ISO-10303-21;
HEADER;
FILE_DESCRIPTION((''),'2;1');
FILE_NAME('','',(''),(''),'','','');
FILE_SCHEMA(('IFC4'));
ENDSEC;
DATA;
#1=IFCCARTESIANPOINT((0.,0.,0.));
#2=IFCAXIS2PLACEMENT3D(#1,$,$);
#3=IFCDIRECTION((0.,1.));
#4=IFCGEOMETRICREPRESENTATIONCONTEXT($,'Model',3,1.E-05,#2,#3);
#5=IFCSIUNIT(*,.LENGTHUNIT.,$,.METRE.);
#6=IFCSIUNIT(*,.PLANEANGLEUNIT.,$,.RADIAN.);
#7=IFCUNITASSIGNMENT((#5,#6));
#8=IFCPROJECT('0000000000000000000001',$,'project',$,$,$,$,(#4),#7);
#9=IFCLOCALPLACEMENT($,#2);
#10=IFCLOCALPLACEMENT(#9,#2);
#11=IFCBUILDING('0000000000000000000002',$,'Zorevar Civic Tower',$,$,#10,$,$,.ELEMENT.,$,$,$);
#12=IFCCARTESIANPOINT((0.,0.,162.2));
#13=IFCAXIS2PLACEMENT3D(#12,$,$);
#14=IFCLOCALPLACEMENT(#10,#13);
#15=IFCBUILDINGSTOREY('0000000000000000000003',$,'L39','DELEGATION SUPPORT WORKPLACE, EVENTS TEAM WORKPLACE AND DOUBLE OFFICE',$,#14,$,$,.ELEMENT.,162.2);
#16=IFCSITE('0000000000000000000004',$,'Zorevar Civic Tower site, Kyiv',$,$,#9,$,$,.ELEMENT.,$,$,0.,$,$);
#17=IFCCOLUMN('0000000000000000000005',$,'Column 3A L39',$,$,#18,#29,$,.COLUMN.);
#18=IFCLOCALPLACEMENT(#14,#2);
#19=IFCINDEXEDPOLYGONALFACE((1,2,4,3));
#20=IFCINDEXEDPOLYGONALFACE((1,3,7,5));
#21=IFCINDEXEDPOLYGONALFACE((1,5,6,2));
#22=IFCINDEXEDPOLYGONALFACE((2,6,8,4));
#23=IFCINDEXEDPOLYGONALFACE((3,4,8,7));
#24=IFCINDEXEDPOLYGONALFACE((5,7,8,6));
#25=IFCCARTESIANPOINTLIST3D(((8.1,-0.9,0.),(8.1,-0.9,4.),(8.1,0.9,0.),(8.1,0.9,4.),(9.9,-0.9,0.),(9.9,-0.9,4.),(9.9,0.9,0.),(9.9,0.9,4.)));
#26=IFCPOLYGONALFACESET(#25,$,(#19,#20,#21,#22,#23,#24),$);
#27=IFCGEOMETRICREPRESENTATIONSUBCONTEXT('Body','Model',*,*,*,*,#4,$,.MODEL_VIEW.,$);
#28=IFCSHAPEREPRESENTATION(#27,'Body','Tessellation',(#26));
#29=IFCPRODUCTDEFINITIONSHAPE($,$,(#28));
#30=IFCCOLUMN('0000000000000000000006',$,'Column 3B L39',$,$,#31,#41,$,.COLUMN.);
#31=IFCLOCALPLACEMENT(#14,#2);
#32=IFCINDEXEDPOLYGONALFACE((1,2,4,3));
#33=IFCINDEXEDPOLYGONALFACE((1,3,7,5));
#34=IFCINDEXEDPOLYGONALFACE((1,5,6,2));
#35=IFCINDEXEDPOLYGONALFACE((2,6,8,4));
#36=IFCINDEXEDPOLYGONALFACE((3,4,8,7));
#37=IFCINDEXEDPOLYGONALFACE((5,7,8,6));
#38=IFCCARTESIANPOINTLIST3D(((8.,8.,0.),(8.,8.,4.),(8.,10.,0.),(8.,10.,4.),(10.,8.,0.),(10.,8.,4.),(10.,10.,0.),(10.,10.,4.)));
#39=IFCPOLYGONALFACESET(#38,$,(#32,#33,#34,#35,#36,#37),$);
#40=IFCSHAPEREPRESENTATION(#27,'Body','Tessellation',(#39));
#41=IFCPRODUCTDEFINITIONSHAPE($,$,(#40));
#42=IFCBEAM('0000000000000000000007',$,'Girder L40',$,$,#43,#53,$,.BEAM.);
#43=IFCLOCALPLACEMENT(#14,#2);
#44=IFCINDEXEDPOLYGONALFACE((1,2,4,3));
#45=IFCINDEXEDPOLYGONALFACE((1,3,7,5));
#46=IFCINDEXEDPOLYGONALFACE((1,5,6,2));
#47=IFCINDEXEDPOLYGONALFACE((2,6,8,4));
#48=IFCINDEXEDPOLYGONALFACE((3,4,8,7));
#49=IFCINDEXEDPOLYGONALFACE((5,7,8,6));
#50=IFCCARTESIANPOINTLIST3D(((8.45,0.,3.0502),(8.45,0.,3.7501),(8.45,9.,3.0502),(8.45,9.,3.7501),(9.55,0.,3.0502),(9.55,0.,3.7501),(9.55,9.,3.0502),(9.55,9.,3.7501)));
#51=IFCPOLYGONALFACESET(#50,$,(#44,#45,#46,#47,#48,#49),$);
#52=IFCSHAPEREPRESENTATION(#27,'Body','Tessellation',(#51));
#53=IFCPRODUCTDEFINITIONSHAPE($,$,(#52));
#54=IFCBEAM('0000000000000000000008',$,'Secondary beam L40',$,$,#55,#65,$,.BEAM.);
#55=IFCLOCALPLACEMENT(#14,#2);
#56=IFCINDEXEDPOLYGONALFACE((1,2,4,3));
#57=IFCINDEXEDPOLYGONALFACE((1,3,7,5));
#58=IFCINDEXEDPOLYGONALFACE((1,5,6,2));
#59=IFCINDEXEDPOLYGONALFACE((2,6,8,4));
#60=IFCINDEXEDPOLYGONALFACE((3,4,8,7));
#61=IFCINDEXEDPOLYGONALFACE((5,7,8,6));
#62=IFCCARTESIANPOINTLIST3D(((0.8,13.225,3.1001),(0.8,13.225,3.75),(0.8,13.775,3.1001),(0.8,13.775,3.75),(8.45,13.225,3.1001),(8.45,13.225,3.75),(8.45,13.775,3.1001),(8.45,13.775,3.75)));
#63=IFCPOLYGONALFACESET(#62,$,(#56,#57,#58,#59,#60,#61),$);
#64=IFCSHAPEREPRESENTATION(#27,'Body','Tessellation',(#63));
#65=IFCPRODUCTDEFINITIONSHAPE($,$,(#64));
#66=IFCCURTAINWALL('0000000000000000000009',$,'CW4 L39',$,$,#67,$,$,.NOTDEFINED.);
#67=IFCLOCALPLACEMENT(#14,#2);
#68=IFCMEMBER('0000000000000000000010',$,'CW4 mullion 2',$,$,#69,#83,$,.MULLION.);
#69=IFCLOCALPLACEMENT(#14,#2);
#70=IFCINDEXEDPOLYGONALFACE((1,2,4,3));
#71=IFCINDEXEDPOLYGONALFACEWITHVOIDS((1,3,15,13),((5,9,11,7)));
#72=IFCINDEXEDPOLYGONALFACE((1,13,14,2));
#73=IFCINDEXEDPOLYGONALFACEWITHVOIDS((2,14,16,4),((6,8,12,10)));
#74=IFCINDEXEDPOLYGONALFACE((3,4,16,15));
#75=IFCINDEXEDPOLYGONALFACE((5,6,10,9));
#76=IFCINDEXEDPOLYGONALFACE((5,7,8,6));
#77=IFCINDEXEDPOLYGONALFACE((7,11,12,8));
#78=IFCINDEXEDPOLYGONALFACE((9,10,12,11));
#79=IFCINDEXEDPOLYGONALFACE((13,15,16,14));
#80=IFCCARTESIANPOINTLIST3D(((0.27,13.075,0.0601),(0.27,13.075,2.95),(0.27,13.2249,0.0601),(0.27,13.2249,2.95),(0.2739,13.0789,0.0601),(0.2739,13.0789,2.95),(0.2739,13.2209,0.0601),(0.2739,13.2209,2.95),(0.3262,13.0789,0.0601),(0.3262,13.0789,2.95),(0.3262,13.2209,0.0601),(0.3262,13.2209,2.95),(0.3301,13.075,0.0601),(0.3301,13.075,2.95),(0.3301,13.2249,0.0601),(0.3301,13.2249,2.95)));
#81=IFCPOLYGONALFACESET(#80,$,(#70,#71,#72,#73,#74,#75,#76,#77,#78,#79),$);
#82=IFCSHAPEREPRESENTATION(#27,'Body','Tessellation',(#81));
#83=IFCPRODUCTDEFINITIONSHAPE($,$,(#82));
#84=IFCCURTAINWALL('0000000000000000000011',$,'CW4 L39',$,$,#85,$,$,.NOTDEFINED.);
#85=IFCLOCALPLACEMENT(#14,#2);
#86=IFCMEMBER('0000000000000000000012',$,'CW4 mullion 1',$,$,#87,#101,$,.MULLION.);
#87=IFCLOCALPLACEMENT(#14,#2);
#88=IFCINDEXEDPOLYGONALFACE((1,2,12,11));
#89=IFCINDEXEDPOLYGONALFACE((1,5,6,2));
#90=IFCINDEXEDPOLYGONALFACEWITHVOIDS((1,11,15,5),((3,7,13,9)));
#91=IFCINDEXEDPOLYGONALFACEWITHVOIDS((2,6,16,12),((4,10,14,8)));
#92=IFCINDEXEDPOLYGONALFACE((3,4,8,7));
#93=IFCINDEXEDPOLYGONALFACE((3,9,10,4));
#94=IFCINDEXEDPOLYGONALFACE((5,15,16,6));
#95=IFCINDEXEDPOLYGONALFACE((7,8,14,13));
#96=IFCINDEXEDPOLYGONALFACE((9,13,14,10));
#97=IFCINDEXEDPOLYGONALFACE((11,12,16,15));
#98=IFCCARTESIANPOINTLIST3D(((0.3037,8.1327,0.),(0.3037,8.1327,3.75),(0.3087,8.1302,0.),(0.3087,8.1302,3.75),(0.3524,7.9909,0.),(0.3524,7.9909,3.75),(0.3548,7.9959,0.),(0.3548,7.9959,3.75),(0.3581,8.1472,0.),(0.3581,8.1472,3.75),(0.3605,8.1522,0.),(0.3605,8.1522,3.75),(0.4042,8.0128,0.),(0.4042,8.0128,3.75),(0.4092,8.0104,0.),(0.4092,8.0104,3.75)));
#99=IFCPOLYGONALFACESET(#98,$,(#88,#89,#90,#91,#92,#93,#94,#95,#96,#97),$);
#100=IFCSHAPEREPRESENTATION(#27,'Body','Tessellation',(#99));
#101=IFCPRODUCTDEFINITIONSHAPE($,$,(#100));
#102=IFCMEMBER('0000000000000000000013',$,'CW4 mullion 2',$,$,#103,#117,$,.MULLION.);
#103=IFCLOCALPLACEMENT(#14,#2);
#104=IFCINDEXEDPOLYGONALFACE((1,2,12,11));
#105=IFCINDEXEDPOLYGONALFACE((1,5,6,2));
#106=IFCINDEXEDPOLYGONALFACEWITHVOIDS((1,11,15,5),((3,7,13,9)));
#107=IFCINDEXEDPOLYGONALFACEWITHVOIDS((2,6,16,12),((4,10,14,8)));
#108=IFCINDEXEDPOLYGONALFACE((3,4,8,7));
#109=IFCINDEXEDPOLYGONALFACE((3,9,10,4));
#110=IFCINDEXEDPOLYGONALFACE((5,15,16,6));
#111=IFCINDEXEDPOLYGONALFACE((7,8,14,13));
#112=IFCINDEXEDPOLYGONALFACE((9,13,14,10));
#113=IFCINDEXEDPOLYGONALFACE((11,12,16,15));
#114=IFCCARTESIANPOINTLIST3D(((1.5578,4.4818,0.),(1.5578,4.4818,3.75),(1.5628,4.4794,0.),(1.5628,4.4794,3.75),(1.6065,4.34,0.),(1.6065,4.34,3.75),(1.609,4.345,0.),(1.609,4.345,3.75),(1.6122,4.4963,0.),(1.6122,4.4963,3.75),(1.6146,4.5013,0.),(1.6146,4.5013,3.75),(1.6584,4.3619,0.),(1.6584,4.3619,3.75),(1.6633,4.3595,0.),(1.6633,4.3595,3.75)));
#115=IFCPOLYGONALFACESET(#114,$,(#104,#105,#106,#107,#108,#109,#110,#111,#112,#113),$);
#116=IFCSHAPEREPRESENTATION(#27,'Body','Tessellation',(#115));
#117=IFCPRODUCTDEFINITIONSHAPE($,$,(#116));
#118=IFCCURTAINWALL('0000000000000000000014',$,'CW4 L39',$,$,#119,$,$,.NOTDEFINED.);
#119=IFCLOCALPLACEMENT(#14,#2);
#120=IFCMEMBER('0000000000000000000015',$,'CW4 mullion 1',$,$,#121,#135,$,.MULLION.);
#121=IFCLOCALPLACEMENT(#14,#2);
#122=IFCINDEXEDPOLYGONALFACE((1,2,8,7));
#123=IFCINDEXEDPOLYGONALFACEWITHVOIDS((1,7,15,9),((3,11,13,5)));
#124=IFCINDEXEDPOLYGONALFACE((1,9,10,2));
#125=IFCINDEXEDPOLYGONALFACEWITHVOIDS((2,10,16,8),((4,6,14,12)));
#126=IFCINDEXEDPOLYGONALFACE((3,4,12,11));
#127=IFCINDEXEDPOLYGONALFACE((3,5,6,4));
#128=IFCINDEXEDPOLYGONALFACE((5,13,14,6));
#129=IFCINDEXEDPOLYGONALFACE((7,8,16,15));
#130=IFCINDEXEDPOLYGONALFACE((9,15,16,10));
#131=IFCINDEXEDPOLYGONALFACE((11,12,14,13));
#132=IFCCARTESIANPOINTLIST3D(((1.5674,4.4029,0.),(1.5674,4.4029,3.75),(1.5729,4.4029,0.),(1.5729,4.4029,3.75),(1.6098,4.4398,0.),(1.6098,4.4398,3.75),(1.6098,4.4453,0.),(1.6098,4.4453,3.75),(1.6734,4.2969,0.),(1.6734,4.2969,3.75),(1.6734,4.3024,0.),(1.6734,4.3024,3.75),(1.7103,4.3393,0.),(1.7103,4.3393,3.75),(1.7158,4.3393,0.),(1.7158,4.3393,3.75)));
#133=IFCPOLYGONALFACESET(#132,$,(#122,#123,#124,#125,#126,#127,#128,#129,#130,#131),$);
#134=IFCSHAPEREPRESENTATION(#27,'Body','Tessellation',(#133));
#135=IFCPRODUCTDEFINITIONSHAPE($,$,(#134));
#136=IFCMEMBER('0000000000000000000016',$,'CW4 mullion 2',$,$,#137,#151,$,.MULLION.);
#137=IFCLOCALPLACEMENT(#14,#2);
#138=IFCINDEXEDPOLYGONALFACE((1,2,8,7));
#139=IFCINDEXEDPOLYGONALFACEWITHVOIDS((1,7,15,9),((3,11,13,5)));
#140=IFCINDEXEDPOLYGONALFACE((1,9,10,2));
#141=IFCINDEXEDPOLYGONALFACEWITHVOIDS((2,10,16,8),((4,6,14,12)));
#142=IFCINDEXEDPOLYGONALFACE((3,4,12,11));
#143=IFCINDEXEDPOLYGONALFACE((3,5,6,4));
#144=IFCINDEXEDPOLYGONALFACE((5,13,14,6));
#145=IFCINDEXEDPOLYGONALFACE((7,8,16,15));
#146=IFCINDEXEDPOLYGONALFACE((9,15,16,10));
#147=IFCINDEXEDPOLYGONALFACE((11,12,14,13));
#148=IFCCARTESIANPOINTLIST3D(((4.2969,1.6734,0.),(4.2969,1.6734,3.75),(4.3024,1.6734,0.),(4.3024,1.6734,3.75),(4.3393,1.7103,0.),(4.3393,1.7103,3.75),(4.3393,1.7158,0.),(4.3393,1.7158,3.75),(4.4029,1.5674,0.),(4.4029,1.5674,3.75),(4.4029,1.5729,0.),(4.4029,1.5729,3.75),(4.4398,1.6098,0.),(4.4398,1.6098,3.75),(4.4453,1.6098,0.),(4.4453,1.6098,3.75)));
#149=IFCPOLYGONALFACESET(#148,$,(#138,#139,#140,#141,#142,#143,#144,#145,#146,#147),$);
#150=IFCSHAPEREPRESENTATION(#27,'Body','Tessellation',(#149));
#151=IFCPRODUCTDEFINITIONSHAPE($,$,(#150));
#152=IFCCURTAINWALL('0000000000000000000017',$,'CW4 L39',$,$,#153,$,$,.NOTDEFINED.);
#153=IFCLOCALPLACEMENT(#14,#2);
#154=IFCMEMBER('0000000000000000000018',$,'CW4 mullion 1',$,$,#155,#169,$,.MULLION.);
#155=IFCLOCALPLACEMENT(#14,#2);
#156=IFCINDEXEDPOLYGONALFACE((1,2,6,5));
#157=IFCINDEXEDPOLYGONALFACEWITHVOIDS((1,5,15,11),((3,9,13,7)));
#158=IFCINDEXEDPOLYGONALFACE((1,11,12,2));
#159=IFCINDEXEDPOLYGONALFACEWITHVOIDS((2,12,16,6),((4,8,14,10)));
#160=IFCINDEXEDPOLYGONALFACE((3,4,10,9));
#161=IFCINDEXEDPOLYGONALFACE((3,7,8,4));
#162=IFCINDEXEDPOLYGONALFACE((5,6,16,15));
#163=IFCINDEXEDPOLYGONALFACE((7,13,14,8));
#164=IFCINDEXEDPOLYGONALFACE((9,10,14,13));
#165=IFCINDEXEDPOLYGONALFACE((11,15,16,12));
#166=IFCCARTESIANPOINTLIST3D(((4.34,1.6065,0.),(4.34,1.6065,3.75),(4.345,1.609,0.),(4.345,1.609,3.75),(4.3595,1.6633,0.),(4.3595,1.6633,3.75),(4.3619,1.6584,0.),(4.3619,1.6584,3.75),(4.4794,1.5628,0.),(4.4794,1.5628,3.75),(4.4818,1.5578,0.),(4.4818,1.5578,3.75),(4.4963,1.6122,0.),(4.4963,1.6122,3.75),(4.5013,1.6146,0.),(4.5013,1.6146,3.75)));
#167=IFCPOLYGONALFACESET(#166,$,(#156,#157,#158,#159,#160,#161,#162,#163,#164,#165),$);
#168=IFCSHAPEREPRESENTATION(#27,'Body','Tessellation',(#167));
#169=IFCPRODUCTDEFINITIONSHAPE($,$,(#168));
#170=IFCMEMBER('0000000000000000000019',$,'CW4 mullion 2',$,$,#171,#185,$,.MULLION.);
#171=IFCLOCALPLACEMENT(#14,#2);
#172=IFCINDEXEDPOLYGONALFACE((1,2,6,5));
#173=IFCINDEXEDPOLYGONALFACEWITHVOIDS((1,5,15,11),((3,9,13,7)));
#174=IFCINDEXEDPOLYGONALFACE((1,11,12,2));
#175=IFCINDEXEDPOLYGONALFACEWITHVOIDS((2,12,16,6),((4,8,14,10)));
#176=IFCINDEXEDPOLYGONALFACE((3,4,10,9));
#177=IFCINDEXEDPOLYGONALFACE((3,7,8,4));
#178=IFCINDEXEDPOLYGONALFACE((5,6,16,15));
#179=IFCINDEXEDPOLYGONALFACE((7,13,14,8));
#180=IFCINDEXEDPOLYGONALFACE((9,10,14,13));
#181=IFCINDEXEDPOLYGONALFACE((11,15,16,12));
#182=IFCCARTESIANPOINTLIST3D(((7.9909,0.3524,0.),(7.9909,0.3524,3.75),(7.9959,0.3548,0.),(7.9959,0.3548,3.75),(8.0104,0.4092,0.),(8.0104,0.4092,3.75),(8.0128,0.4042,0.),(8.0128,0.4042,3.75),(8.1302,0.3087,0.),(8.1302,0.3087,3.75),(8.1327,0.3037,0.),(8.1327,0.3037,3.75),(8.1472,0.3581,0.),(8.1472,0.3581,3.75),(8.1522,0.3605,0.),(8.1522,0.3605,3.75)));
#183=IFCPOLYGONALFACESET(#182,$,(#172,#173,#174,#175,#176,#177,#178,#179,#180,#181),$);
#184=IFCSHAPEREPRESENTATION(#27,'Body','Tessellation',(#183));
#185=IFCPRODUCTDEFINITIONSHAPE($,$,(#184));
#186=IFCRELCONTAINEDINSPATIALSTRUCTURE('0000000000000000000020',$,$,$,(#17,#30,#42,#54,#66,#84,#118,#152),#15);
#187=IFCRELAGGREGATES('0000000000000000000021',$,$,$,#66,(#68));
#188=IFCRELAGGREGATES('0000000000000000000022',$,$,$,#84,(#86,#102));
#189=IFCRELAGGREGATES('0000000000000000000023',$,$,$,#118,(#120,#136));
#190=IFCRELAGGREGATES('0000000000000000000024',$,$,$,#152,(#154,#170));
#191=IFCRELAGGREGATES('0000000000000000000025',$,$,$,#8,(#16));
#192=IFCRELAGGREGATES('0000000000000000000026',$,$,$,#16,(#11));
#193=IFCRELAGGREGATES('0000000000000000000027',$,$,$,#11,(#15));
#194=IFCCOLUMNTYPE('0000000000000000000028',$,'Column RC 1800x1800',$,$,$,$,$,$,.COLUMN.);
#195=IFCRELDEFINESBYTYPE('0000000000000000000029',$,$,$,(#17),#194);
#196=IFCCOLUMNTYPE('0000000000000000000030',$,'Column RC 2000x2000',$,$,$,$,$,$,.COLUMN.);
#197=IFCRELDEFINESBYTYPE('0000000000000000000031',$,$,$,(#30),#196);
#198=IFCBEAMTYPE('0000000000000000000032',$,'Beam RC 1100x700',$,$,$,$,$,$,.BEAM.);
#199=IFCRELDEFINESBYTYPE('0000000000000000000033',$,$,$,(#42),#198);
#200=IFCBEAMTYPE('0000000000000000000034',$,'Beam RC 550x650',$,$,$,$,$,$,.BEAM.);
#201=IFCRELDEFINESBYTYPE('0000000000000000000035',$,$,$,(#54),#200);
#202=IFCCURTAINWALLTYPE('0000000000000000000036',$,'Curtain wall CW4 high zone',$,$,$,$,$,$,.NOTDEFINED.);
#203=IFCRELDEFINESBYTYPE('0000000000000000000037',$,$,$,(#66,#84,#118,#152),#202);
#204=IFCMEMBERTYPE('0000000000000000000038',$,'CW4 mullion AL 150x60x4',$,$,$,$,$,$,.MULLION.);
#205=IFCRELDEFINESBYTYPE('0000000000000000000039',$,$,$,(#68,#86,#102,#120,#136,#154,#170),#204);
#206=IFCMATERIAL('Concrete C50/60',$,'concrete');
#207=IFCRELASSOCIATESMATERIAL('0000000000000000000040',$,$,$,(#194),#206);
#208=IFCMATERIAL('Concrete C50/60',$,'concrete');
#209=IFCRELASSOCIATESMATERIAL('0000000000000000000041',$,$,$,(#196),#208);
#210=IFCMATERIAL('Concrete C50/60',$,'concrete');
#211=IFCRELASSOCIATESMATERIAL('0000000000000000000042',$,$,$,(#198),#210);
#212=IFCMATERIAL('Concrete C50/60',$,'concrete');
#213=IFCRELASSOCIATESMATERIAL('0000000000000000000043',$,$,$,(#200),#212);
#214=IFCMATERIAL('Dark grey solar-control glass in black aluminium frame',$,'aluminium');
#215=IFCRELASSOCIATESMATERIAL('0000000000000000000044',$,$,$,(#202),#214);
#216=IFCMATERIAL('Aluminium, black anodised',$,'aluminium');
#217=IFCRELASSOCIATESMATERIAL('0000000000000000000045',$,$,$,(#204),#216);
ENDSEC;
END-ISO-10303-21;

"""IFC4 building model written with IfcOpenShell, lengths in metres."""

from ifc_helpers import new_model, si_unit, direction, frame, origin, origin_2d, place, context, subcontext, project, spatial, rectangle, hollow_rectangle, extrude, material, material_profile, profile_set, type_object, element, aggregate, save


model = new_model("IFC4")

# Units and contexts
model_context = context("Model", 3, precision=1e-05, world=origin(), true_north=direction((0.0, 1.0)))
body_context = subcontext(model_context, "Body", "Model", "MODEL_VIEW")
ifc_project = project(units=[si_unit("LENGTHUNIT", "METRE"), si_unit("PLANEANGLEUNIT", "RADIAN")], contexts=[model_context])

# Site, building, storey
site_placement = place(None, origin())
site = spatial("IfcSite", under=ifc_project, at=site_placement, Name="Zorevar Civic Tower site, Kyiv", CompositionType="ELEMENT", RefElevation=0.0)
building_placement = place(site_placement, origin())
building = spatial("IfcBuilding", under=site, at=building_placement, Name="Zorevar Civic Tower", CompositionType="ELEMENT")
storey_placement = place(building_placement, frame((0.0, 0.0, 162.2)))
storey = spatial("IfcBuildingStorey", under=building, at=storey_placement, Name="L39", Description="DELEGATION SUPPORT WORKPLACE, EVENTS TEAM WORKPLACE AND DOUBLE OFFICE", CompositionType="ELEMENT", Elevation=162.2)

# Columns
ifc_material_1 = material(Name="Concrete C50/60", Category="concrete")
ifc_material_profile_1 = material_profile(ifc_material_1, rectangle(XDim=1.8, YDim=1.8, at=origin_2d()), Name="RC 1800x1800")
ifc_profile_set_1 = profile_set([ifc_material_profile_1], Name="Concrete C50/60")
column_type_1 = type_object("IfcColumnType", Name="Column RC 1800x1800", PredefinedType="COLUMN", material=ifc_profile_set_1)
column_1_placement = place(storey_placement, frame((9.0, 0.0, 0.0), z_axis=(0.0, 0.0, 1.0), x_axis=(1.0, 0.0, 0.0)))
element("IfcColumn", 1, at=column_1_placement, inside=storey, type_object=column_type_1, Name="Column 3A L39", PredefinedType="COLUMN", context=body_context, shape_type="SweptSolid", body=[
    extrude(rectangle(XDim=1.8, YDim=1.8, at=origin_2d()), origin(), (0.0, 0.0, 1.0), 4.0),
])
ifc_material_2 = material(Name="Concrete C50/60", Category="concrete")
ifc_material_profile_2 = material_profile(ifc_material_2, rectangle(XDim=2.0, YDim=2.0, at=origin_2d()), Name="RC 2000x2000")
ifc_profile_set_2 = profile_set([ifc_material_profile_2], Name="Concrete C50/60")
column_type_2 = type_object("IfcColumnType", Name="Column RC 2000x2000", PredefinedType="COLUMN", material=ifc_profile_set_2)
column_2_placement = place(storey_placement, frame((9.0, 9.0, 0.0), z_axis=(0.0, 0.0, 1.0), x_axis=(1.0, 0.0, 0.0)))
element("IfcColumn", 2, at=column_2_placement, inside=storey, type_object=column_type_2, Name="Column 3B L39", PredefinedType="COLUMN", context=body_context, shape_type="SweptSolid", body=[
    extrude(rectangle(XDim=2.0, YDim=2.0, at=origin_2d()), origin(), (0.0, 0.0, 1.0), 4.0),
])

# Beams
ifc_material_3 = material(Name="Concrete C50/60", Category="concrete")
ifc_material_profile_3 = material_profile(ifc_material_3, rectangle(XDim=1.1001, YDim=0.7, at=origin_2d()), Name="RC 1100x700")
ifc_profile_set_3 = profile_set([ifc_material_profile_3], Name="Concrete C50/60")
beam_type_1 = type_object("IfcBeamType", Name="Beam RC 1100x700", PredefinedType="BEAM", material=ifc_profile_set_3)
beam_1_placement = place(storey_placement, frame((9.0, 0.0, 3.4001), z_axis=(0.0, 1.0, 0.0), x_axis=(-1.0, 0.0, 0.0)))
element("IfcBeam", 3, at=beam_1_placement, inside=storey, type_object=beam_type_1, Name="Girder L40", PredefinedType="BEAM", context=body_context, shape_type="SweptSolid", body=[
    extrude(rectangle(XDim=1.1001, YDim=0.7, at=origin_2d()), origin(), (0.0, 0.0, 1.0), 9.0),
])
ifc_material_4 = material(Name="Concrete C50/60", Category="concrete")
ifc_material_profile_4 = material_profile(ifc_material_4, rectangle(XDim=0.55, YDim=0.6499, at=origin_2d()), Name="RC 550x650")
ifc_profile_set_4 = profile_set([ifc_material_profile_4], Name="Concrete C50/60")
beam_type_2 = type_object("IfcBeamType", Name="Beam RC 550x650", PredefinedType="BEAM", material=ifc_profile_set_4)
beam_2_placement = place(storey_placement, frame((0.8, 13.5, 3.425), z_axis=(1.0, 0.0, 0.0), x_axis=(0.0, 1.0, 0.0)))
element("IfcBeam", 4, at=beam_2_placement, inside=storey, type_object=beam_type_2, Name="Secondary beam L40", PredefinedType="BEAM", context=body_context, shape_type="SweptSolid", body=[
    extrude(rectangle(XDim=0.55, YDim=0.6499, at=origin_2d()), origin(), (0.0, 0.0, 1.0), 7.6499),
])

# Curtain wall, member
ifc_material_5 = material(Name="Dark grey solar-control glass in black aluminium frame", Category="aluminium")
curtain_wall_type = type_object("IfcCurtainWallType", Name="Curtain wall CW4 high zone", PredefinedType="NOTDEFINED", material=ifc_material_5)
curtain_wall_1_placement = place(storey_placement, origin())
curtain_wall_1 = element("IfcCurtainWall", 5, at=curtain_wall_1_placement, inside=storey, type_object=curtain_wall_type, Name="CW4 L39", PredefinedType="NOTDEFINED")
ifc_material_6 = material(Name="Aluminium, black anodised", Category="aluminium")
ifc_material_profile_5 = material_profile(ifc_material_6, hollow_rectangle(XDim=0.0601, YDim=0.1499, WallThickness=0.0039, at=origin_2d()), Name="AL 150x60x4")
ifc_profile_set_5 = profile_set([ifc_material_profile_5], Name="Aluminium, black anodised")
member_type_1 = type_object("IfcMemberType", Name="CW4 mullion AL 150x60x4", PredefinedType="MULLION", material=ifc_profile_set_5)
member_1_placement = place(storey_placement, frame((0.3, 13.1499, 0.0601), z_axis=(0.0, 0.0, 1.0), x_axis=(-1.0, 0.0, 0.0)))
member_1 = element("IfcMember", 6, at=member_1_placement, type_object=member_type_1, Name="CW4 mullion 2", PredefinedType="MULLION", context=body_context, shape_type="SweptSolid", body=[
    extrude(hollow_rectangle(XDim=0.0601, YDim=0.1499, WallThickness=0.0039, at=origin_2d()), origin(), (0.0, 0.0, 1.0), 2.8899),
])

# Curtain walls, members
curtain_wall_2_placement = place(storey_placement, origin())
curtain_wall_2 = element("IfcCurtainWall", 7, at=curtain_wall_2_placement, inside=storey, type_object=curtain_wall_type, Name="CW4 L39", PredefinedType="NOTDEFINED")
member_2_placement = place(storey_placement, frame((0.3564, 8.0715, 0.0), z_axis=(0.0, 0.0, 1.0), x_axis=(0.945756, 0.324878, 0.0)))
member_2 = element("IfcMember", 8, at=member_2_placement, type_object=member_type_1, Name="CW4 mullion 1", PredefinedType="MULLION", context=body_context, shape_type="SweptSolid", body=[
    extrude(hollow_rectangle(XDim=0.0601, YDim=0.1499, WallThickness=0.0039, at=origin_2d()), origin(), (0.0, 0.0, 1.0), 3.75),
])
member_3_placement = place(storey_placement, frame((1.6106, 4.4207, 0.0), z_axis=(0.0, 0.0, 1.0), x_axis=(0.945756, 0.324878, 0.0)))
member_3 = element("IfcMember", 9, at=member_3_placement, type_object=member_type_1, Name="CW4 mullion 2", PredefinedType="MULLION", context=body_context, shape_type="SweptSolid", body=[
    extrude(hollow_rectangle(XDim=0.0601, YDim=0.1499, WallThickness=0.0039, at=origin_2d()), origin(), (0.0, 0.0, 1.0), 3.75),
])
curtain_wall_3_placement = place(storey_placement, origin())
curtain_wall_3 = element("IfcCurtainWall", 10, at=curtain_wall_3_placement, inside=storey, type_object=curtain_wall_type, Name="CW4 L39", PredefinedType="NOTDEFINED")
member_4_placement = place(storey_placement, frame((1.6416, 4.3711, 0.0), z_axis=(0.0, 0.0, 1.0), x_axis=(0.707107, 0.707107, 0.0)))
member_4 = element("IfcMember", 11, at=member_4_placement, type_object=member_type_1, Name="CW4 mullion 1", PredefinedType="MULLION", context=body_context, shape_type="SweptSolid", body=[
    extrude(hollow_rectangle(XDim=0.0601, YDim=0.1499, WallThickness=0.0039, at=origin_2d()), origin(), (0.0, 0.0, 1.0), 3.75),
])
member_5_placement = place(storey_placement, frame((4.3711, 1.6416, 0.0), z_axis=(0.0, 0.0, 1.0), x_axis=(0.707107, 0.707107, 0.0)))
member_5 = element("IfcMember", 12, at=member_5_placement, type_object=member_type_1, Name="CW4 mullion 2", PredefinedType="MULLION", context=body_context, shape_type="SweptSolid", body=[
    extrude(hollow_rectangle(XDim=0.0601, YDim=0.1499, WallThickness=0.0039, at=origin_2d()), origin(), (0.0, 0.0, 1.0), 3.75),
])
curtain_wall_4_placement = place(storey_placement, origin())
curtain_wall_4 = element("IfcCurtainWall", 13, at=curtain_wall_4_placement, inside=storey, type_object=curtain_wall_type, Name="CW4 L39", PredefinedType="NOTDEFINED")
member_6_placement = place(storey_placement, frame((4.4207, 1.6106, 0.0), z_axis=(0.0, 0.0, 1.0), x_axis=(0.324878, 0.945756, 0.0)))
member_6 = element("IfcMember", 14, at=member_6_placement, type_object=member_type_1, Name="CW4 mullion 1", PredefinedType="MULLION", context=body_context, shape_type="SweptSolid", body=[
    extrude(hollow_rectangle(XDim=0.0601, YDim=0.1499, WallThickness=0.0039, at=origin_2d()), origin(), (0.0, 0.0, 1.0), 3.75),
])
member_7_placement = place(storey_placement, frame((8.0715, 0.3564, 0.0), z_axis=(0.0, 0.0, 1.0), x_axis=(0.324878, 0.945756, 0.0)))
member_7 = element("IfcMember", 15, at=member_7_placement, type_object=member_type_1, Name="CW4 mullion 2", PredefinedType="MULLION", context=body_context, shape_type="SweptSolid", body=[
    extrude(hollow_rectangle(XDim=0.0601, YDim=0.1499, WallThickness=0.0039, at=origin_2d()), origin(), (0.0, 0.0, 1.0), 3.75),
])

aggregate(curtain_wall_1, [member_1])
aggregate(curtain_wall_2, [member_2, member_3])
aggregate(curtain_wall_3, [member_4, member_5])
aggregate(curtain_wall_4, [member_6, member_7])

save(model, "model.ifc")
